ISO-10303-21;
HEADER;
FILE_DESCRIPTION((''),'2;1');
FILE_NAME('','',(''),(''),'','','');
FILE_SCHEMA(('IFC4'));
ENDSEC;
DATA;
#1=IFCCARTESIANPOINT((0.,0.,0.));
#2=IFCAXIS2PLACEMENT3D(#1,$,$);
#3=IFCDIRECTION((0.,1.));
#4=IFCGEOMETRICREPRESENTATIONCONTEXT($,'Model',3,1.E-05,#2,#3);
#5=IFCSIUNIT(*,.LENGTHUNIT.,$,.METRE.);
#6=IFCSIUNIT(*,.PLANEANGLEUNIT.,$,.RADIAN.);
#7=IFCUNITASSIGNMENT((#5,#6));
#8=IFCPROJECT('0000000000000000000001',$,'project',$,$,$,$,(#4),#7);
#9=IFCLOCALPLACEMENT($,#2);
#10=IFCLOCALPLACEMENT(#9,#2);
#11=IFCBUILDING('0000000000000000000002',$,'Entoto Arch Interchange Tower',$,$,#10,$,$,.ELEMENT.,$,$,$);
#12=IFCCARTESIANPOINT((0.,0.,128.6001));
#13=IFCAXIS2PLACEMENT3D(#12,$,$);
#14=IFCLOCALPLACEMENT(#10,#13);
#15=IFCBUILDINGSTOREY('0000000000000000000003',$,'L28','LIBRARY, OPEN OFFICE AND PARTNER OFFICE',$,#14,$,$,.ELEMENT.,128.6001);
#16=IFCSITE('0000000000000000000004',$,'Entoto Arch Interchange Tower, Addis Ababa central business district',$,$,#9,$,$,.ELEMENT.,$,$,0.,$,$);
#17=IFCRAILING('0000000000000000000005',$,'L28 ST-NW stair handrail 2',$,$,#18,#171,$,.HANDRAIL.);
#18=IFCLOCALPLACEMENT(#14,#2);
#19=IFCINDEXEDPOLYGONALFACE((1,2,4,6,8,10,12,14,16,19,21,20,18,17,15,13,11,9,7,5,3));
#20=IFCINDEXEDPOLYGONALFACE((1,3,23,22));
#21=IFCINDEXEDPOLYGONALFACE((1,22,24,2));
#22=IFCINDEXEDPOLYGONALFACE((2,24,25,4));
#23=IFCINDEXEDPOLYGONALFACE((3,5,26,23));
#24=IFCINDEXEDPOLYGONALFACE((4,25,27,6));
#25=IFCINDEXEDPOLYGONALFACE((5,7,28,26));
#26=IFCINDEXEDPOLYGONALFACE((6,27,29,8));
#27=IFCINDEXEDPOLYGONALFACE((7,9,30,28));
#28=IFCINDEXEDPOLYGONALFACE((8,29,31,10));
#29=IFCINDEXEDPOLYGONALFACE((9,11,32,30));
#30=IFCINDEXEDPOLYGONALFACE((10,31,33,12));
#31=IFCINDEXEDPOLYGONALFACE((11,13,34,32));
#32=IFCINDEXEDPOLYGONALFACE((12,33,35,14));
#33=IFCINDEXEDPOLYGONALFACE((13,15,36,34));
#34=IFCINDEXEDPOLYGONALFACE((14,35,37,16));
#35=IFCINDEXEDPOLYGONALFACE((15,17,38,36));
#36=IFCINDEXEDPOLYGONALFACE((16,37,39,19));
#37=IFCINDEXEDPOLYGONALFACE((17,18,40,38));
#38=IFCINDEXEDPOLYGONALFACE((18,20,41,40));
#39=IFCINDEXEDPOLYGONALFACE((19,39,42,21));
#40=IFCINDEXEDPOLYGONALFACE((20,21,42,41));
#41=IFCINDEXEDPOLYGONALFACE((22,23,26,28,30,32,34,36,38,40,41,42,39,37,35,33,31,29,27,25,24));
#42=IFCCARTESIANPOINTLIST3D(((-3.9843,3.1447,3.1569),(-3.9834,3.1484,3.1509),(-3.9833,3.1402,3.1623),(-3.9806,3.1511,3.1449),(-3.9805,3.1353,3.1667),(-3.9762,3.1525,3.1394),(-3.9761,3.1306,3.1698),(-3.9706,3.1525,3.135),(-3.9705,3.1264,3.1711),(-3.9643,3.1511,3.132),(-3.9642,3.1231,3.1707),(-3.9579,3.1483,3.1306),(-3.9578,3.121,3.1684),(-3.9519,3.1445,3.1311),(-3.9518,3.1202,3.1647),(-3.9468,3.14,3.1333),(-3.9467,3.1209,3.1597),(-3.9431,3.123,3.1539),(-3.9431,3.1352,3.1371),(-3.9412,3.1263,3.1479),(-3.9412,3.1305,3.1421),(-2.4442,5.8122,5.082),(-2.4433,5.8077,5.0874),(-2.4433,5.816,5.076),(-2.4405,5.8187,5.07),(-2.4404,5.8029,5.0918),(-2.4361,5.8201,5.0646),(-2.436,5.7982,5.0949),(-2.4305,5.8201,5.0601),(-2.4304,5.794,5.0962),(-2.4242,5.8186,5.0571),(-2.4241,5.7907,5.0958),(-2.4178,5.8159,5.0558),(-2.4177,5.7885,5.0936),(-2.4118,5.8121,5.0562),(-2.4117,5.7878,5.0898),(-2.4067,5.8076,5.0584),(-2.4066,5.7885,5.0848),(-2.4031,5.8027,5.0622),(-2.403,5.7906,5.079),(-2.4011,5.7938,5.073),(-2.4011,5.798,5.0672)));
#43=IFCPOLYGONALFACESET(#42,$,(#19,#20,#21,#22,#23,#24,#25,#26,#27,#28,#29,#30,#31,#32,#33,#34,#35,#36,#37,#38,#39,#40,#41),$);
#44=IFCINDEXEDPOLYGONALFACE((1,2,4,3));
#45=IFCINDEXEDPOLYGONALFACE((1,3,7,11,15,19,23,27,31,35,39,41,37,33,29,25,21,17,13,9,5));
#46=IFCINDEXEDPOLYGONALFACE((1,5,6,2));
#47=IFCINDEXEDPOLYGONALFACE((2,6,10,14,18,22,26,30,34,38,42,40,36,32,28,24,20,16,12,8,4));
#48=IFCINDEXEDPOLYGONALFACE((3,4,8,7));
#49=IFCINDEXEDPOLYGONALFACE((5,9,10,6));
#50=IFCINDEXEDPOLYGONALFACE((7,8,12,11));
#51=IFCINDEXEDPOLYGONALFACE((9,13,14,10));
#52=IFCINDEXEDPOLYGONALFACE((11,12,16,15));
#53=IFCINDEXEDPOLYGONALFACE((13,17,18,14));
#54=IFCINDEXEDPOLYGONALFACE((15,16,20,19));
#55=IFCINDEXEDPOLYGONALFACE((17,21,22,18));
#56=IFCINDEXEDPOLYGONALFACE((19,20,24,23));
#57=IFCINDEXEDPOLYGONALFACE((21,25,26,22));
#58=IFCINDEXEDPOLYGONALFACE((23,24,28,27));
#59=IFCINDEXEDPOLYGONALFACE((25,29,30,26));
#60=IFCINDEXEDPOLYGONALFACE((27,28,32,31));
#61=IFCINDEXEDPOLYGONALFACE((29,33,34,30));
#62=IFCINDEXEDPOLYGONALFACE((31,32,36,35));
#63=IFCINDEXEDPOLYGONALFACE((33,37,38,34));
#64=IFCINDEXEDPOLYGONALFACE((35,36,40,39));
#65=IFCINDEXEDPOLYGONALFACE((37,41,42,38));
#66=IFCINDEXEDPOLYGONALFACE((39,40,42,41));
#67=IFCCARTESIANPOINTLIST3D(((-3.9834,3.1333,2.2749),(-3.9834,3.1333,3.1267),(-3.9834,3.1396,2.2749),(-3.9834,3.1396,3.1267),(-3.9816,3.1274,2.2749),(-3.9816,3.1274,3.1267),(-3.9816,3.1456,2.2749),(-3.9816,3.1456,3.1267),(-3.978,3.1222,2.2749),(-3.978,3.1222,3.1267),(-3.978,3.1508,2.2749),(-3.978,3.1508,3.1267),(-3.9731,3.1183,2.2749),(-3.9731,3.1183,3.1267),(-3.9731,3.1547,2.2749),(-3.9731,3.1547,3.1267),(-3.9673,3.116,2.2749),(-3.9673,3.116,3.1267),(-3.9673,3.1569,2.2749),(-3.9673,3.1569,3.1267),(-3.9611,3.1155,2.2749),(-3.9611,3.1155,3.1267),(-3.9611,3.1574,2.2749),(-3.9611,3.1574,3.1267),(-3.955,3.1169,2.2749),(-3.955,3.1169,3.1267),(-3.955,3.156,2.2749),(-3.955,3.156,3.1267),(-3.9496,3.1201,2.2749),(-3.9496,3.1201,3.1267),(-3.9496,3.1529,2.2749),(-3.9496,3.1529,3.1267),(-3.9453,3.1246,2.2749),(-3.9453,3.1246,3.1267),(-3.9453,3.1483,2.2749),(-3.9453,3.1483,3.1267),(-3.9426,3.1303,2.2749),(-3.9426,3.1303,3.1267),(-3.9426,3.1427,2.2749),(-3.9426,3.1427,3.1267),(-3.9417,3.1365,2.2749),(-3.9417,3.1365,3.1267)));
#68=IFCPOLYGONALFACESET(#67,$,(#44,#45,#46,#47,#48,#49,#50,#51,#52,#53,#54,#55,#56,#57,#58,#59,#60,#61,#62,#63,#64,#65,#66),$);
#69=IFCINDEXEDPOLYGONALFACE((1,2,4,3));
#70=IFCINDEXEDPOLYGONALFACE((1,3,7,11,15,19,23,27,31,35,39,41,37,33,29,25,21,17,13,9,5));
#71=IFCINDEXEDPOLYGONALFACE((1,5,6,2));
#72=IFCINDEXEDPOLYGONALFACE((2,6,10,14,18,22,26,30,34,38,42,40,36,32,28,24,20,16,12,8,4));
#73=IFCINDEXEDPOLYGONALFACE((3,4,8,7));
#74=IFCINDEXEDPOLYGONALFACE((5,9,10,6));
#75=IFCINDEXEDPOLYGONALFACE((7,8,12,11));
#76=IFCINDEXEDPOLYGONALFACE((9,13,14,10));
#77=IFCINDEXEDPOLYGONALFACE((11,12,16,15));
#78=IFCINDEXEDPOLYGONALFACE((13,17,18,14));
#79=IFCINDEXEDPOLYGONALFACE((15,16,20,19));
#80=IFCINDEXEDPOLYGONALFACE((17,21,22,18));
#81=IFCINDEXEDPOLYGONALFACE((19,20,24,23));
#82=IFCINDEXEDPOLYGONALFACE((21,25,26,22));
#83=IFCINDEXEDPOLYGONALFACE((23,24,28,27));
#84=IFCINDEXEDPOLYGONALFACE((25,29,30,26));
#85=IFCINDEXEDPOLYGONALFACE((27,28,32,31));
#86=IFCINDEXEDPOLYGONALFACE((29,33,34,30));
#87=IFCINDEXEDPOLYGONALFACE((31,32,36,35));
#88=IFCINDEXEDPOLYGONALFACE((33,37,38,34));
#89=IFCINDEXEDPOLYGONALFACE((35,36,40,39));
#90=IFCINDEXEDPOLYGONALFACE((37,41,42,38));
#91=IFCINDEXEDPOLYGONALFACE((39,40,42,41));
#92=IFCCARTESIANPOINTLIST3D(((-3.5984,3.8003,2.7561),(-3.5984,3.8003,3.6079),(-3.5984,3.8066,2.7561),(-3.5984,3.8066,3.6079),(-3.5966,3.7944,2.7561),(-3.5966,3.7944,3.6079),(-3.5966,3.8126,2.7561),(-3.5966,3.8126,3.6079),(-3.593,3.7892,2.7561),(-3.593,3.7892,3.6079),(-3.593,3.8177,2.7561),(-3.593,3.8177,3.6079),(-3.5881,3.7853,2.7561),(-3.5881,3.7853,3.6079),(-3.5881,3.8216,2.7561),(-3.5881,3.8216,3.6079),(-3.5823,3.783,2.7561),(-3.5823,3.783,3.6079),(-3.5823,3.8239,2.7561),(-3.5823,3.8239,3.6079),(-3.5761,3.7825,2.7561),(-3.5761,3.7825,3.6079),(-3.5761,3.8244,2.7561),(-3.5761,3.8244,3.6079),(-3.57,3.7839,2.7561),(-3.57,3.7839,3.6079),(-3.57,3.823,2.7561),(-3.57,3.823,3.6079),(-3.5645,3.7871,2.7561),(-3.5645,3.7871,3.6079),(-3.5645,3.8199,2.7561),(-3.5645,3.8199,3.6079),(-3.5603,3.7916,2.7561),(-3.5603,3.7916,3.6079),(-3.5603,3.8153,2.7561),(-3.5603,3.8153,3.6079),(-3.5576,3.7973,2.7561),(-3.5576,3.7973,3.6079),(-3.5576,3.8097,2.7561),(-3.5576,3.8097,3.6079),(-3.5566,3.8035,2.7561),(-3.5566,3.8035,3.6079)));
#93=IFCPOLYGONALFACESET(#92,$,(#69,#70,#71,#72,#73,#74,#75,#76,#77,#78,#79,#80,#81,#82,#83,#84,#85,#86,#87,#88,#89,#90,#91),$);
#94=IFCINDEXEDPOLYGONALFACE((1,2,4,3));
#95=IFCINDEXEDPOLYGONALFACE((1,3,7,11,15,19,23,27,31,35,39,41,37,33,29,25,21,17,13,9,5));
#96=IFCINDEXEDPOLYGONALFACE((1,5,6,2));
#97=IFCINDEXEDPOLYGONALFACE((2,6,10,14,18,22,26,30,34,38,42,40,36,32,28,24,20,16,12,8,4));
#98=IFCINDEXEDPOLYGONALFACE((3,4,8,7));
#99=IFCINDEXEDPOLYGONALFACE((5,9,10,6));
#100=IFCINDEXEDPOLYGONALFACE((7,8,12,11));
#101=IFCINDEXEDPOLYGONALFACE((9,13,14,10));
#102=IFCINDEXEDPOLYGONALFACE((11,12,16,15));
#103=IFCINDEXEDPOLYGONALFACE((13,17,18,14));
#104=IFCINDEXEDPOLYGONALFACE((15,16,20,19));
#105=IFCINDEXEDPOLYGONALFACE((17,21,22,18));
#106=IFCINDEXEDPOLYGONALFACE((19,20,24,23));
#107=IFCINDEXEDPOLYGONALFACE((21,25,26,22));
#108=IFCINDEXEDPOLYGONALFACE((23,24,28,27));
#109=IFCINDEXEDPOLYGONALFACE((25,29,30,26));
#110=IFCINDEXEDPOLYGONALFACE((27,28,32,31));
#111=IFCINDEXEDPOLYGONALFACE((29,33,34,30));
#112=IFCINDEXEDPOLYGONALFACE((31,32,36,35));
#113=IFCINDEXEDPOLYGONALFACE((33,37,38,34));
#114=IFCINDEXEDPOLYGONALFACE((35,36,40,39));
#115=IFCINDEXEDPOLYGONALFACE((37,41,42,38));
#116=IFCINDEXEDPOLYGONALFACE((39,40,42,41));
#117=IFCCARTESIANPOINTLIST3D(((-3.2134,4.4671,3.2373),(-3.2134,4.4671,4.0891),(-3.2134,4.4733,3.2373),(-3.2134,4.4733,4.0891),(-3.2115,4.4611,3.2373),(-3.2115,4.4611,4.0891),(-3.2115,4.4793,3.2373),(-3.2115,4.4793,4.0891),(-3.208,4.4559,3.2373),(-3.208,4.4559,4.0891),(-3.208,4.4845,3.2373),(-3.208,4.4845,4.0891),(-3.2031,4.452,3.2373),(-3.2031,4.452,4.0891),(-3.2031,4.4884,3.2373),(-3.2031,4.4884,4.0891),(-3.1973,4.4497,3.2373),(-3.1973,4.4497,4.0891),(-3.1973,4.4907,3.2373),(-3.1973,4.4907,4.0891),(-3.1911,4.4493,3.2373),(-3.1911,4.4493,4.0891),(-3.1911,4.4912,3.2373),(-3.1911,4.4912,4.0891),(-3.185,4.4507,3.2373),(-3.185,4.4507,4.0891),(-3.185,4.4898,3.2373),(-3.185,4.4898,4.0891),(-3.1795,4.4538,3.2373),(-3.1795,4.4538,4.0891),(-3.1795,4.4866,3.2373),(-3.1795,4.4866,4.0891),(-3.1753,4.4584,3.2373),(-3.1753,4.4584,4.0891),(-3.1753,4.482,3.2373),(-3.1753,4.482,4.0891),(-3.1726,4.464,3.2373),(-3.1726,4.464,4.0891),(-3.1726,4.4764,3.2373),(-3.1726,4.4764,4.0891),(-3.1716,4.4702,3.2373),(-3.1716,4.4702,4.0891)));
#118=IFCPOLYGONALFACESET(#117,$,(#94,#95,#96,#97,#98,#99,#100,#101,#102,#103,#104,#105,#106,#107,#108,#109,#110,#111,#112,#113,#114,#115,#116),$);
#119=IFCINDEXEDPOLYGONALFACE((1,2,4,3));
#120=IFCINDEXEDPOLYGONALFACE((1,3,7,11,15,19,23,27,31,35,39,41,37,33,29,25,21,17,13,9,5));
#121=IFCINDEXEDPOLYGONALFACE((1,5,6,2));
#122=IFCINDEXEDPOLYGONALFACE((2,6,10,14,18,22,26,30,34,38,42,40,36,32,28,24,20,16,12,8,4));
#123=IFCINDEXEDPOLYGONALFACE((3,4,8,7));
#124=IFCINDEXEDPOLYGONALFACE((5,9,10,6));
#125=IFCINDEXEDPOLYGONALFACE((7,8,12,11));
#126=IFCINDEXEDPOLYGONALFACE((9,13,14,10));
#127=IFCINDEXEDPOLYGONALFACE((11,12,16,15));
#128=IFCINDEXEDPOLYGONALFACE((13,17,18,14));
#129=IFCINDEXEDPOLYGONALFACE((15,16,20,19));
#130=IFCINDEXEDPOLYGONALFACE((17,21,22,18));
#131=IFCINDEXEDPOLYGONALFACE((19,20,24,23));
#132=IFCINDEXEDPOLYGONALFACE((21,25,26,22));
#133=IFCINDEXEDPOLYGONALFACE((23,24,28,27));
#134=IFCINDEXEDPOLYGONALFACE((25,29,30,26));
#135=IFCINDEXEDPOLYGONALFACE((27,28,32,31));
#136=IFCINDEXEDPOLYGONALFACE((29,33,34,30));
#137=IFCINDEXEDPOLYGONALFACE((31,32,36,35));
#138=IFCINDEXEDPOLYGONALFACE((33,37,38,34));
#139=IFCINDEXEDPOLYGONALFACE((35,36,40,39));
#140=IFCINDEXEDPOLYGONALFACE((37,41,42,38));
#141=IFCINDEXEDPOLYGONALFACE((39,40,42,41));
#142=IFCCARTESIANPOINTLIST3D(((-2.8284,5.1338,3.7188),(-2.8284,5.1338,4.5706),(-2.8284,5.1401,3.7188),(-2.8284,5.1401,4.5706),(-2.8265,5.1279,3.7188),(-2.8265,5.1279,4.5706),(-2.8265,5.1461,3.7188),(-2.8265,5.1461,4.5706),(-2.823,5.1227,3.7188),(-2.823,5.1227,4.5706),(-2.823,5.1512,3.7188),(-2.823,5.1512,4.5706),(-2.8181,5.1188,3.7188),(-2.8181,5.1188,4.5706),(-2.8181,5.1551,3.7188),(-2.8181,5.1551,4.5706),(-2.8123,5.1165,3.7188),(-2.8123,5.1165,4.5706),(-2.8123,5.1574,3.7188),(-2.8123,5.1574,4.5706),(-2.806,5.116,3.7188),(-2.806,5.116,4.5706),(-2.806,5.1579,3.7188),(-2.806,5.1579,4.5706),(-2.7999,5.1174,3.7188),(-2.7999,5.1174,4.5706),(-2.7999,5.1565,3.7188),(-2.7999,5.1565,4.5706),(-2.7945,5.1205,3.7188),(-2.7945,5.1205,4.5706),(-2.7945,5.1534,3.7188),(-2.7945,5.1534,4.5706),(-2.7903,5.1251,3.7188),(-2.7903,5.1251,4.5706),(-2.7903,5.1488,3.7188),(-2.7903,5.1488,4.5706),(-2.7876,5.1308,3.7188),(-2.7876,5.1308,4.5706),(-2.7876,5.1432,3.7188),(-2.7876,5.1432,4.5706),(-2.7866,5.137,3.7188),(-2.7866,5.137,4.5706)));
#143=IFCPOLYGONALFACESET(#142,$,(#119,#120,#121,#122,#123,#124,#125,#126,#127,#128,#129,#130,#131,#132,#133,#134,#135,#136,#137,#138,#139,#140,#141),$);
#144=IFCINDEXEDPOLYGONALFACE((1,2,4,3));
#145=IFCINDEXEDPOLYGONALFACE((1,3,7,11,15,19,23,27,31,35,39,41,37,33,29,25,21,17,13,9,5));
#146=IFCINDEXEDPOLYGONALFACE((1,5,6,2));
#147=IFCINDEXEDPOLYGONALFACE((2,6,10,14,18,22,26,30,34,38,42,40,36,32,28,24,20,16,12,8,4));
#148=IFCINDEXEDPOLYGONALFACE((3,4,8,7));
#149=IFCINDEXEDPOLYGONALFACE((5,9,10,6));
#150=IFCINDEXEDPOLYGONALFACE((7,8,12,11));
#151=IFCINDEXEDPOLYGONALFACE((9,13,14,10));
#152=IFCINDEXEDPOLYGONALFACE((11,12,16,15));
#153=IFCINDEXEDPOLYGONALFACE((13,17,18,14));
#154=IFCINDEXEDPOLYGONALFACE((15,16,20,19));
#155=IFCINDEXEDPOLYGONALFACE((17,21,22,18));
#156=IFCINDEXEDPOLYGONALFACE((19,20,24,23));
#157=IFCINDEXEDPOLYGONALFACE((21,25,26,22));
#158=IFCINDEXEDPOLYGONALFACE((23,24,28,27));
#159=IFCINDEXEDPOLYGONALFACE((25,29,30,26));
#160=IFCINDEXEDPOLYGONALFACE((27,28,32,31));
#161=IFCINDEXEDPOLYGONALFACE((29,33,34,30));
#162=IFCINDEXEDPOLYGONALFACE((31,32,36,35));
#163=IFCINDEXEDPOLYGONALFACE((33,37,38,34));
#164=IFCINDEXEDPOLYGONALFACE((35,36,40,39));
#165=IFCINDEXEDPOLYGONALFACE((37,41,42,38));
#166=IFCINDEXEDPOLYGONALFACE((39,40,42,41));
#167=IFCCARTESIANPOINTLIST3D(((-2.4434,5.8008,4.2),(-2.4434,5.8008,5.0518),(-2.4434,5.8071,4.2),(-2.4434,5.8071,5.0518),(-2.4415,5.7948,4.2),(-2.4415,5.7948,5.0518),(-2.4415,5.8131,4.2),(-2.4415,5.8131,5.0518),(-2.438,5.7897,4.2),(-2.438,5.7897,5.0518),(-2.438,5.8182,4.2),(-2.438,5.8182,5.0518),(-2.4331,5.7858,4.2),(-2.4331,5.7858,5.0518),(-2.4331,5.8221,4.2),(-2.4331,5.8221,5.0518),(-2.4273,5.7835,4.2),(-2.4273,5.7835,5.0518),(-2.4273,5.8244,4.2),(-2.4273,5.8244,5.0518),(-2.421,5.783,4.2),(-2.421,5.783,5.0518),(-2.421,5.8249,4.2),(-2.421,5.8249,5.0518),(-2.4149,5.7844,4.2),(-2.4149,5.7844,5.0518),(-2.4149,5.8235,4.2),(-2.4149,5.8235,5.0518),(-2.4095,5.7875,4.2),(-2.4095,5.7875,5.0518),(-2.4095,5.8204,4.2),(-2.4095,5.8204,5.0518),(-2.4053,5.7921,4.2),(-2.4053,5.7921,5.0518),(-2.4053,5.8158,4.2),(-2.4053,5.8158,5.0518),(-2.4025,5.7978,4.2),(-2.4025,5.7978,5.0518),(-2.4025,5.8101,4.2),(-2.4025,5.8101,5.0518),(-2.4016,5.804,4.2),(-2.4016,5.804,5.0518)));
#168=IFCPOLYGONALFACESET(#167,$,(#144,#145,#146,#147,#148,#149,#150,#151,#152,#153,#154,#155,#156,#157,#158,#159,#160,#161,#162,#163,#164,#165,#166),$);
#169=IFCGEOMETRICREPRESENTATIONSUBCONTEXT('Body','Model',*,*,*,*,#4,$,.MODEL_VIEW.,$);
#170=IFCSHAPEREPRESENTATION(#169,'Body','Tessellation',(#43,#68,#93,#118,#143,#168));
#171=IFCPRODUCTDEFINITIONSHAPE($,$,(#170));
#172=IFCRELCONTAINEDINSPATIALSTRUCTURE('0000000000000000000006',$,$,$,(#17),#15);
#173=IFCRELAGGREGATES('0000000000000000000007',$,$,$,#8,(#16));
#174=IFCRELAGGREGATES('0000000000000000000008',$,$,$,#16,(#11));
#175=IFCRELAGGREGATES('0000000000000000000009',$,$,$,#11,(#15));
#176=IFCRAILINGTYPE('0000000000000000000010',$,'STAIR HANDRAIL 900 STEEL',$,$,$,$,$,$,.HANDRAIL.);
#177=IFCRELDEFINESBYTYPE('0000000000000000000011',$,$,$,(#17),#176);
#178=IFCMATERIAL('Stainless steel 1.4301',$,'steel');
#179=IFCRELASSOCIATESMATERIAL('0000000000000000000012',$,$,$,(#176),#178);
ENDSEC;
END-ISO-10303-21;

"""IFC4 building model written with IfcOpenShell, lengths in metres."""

from ifc_helpers import new_model, si_unit, direction, frame, origin, origin_2d, place, context, subcontext, project, spatial, circle, extrude, material, type_object, element, save


model = new_model("IFC4")

# Units and contexts
model_context = context("Model", 3, precision=1e-05, world=origin(), true_north=direction((0.0, 1.0)))
body_context = subcontext(model_context, "Body", "Model", "MODEL_VIEW")
ifc_project = project(units=[si_unit("LENGTHUNIT", "METRE"), si_unit("PLANEANGLEUNIT", "RADIAN")], contexts=[model_context])

# Site, building, storey
site_placement = place(None, origin())
site = spatial("IfcSite", under=ifc_project, at=site_placement, Name="Entoto Arch Interchange Tower, Addis Ababa central business district", CompositionType="ELEMENT", RefElevation=0.0)
building_placement = place(site_placement, origin())
building = spatial("IfcBuilding", under=site, at=building_placement, Name="Entoto Arch Interchange Tower", CompositionType="ELEMENT")
storey_placement = place(building_placement, frame((0.0, 0.0, 128.6001)))
storey = spatial("IfcBuildingStorey", under=building, at=storey_placement, Name="L28", Description="LIBRARY, OPEN OFFICE AND PARTNER OFFICE", CompositionType="ELEMENT", Elevation=128.6001)

# Railing
ifc_material_1 = material(Name="Stainless steel 1.4301", Category="steel")
railing_type_1 = type_object("IfcRailingType", Name="STAIR HANDRAIL 900 STEEL", PredefinedType="HANDRAIL", material=ifc_material_1)
railing_1_placement = place(storey_placement, frame((-3.9626, 3.1365, 2.2749)))
element("IfcRailing", 1, at=railing_1_placement, inside=storey, type_object=railing_type_1, Name="L28 ST-NW stair handrail 2", PredefinedType="HANDRAIL", context=body_context, shape_type="SweptSolid", body=[
    extrude(circle(Radius=0.0239, at=origin_2d()), frame((0.0, 0.0, 0.876), z_axis=(0.423994, 0.734395, 0.529993), x_axis=(-0.86603, 0.499992, 0.0)), (0.0, 0.0, 1.0), 3.6323),
    extrude(circle(Radius=0.021, at=origin_2d()), origin(), (0.0, 0.0, 1.0), 0.8518),
    extrude(circle(Radius=0.021, at=origin_2d()), frame((0.385, 0.667, 0.4812)), (0.0, 0.0, 1.0), 0.8518),
    extrude(circle(Radius=0.021, at=origin_2d()), frame((0.77, 1.3337, 0.9624)), (0.0, 0.0, 1.0), 0.8518),
    extrude(circle(Radius=0.021, at=origin_2d()), frame((1.155, 2.0005, 1.4438)), (0.0, 0.0, 1.0), 0.8518),
    extrude(circle(Radius=0.021, at=origin_2d()), frame((1.54, 2.6675, 1.925)), (0.0, 0.0, 1.0), 0.8518),
])

save(model, "model.ifc")
